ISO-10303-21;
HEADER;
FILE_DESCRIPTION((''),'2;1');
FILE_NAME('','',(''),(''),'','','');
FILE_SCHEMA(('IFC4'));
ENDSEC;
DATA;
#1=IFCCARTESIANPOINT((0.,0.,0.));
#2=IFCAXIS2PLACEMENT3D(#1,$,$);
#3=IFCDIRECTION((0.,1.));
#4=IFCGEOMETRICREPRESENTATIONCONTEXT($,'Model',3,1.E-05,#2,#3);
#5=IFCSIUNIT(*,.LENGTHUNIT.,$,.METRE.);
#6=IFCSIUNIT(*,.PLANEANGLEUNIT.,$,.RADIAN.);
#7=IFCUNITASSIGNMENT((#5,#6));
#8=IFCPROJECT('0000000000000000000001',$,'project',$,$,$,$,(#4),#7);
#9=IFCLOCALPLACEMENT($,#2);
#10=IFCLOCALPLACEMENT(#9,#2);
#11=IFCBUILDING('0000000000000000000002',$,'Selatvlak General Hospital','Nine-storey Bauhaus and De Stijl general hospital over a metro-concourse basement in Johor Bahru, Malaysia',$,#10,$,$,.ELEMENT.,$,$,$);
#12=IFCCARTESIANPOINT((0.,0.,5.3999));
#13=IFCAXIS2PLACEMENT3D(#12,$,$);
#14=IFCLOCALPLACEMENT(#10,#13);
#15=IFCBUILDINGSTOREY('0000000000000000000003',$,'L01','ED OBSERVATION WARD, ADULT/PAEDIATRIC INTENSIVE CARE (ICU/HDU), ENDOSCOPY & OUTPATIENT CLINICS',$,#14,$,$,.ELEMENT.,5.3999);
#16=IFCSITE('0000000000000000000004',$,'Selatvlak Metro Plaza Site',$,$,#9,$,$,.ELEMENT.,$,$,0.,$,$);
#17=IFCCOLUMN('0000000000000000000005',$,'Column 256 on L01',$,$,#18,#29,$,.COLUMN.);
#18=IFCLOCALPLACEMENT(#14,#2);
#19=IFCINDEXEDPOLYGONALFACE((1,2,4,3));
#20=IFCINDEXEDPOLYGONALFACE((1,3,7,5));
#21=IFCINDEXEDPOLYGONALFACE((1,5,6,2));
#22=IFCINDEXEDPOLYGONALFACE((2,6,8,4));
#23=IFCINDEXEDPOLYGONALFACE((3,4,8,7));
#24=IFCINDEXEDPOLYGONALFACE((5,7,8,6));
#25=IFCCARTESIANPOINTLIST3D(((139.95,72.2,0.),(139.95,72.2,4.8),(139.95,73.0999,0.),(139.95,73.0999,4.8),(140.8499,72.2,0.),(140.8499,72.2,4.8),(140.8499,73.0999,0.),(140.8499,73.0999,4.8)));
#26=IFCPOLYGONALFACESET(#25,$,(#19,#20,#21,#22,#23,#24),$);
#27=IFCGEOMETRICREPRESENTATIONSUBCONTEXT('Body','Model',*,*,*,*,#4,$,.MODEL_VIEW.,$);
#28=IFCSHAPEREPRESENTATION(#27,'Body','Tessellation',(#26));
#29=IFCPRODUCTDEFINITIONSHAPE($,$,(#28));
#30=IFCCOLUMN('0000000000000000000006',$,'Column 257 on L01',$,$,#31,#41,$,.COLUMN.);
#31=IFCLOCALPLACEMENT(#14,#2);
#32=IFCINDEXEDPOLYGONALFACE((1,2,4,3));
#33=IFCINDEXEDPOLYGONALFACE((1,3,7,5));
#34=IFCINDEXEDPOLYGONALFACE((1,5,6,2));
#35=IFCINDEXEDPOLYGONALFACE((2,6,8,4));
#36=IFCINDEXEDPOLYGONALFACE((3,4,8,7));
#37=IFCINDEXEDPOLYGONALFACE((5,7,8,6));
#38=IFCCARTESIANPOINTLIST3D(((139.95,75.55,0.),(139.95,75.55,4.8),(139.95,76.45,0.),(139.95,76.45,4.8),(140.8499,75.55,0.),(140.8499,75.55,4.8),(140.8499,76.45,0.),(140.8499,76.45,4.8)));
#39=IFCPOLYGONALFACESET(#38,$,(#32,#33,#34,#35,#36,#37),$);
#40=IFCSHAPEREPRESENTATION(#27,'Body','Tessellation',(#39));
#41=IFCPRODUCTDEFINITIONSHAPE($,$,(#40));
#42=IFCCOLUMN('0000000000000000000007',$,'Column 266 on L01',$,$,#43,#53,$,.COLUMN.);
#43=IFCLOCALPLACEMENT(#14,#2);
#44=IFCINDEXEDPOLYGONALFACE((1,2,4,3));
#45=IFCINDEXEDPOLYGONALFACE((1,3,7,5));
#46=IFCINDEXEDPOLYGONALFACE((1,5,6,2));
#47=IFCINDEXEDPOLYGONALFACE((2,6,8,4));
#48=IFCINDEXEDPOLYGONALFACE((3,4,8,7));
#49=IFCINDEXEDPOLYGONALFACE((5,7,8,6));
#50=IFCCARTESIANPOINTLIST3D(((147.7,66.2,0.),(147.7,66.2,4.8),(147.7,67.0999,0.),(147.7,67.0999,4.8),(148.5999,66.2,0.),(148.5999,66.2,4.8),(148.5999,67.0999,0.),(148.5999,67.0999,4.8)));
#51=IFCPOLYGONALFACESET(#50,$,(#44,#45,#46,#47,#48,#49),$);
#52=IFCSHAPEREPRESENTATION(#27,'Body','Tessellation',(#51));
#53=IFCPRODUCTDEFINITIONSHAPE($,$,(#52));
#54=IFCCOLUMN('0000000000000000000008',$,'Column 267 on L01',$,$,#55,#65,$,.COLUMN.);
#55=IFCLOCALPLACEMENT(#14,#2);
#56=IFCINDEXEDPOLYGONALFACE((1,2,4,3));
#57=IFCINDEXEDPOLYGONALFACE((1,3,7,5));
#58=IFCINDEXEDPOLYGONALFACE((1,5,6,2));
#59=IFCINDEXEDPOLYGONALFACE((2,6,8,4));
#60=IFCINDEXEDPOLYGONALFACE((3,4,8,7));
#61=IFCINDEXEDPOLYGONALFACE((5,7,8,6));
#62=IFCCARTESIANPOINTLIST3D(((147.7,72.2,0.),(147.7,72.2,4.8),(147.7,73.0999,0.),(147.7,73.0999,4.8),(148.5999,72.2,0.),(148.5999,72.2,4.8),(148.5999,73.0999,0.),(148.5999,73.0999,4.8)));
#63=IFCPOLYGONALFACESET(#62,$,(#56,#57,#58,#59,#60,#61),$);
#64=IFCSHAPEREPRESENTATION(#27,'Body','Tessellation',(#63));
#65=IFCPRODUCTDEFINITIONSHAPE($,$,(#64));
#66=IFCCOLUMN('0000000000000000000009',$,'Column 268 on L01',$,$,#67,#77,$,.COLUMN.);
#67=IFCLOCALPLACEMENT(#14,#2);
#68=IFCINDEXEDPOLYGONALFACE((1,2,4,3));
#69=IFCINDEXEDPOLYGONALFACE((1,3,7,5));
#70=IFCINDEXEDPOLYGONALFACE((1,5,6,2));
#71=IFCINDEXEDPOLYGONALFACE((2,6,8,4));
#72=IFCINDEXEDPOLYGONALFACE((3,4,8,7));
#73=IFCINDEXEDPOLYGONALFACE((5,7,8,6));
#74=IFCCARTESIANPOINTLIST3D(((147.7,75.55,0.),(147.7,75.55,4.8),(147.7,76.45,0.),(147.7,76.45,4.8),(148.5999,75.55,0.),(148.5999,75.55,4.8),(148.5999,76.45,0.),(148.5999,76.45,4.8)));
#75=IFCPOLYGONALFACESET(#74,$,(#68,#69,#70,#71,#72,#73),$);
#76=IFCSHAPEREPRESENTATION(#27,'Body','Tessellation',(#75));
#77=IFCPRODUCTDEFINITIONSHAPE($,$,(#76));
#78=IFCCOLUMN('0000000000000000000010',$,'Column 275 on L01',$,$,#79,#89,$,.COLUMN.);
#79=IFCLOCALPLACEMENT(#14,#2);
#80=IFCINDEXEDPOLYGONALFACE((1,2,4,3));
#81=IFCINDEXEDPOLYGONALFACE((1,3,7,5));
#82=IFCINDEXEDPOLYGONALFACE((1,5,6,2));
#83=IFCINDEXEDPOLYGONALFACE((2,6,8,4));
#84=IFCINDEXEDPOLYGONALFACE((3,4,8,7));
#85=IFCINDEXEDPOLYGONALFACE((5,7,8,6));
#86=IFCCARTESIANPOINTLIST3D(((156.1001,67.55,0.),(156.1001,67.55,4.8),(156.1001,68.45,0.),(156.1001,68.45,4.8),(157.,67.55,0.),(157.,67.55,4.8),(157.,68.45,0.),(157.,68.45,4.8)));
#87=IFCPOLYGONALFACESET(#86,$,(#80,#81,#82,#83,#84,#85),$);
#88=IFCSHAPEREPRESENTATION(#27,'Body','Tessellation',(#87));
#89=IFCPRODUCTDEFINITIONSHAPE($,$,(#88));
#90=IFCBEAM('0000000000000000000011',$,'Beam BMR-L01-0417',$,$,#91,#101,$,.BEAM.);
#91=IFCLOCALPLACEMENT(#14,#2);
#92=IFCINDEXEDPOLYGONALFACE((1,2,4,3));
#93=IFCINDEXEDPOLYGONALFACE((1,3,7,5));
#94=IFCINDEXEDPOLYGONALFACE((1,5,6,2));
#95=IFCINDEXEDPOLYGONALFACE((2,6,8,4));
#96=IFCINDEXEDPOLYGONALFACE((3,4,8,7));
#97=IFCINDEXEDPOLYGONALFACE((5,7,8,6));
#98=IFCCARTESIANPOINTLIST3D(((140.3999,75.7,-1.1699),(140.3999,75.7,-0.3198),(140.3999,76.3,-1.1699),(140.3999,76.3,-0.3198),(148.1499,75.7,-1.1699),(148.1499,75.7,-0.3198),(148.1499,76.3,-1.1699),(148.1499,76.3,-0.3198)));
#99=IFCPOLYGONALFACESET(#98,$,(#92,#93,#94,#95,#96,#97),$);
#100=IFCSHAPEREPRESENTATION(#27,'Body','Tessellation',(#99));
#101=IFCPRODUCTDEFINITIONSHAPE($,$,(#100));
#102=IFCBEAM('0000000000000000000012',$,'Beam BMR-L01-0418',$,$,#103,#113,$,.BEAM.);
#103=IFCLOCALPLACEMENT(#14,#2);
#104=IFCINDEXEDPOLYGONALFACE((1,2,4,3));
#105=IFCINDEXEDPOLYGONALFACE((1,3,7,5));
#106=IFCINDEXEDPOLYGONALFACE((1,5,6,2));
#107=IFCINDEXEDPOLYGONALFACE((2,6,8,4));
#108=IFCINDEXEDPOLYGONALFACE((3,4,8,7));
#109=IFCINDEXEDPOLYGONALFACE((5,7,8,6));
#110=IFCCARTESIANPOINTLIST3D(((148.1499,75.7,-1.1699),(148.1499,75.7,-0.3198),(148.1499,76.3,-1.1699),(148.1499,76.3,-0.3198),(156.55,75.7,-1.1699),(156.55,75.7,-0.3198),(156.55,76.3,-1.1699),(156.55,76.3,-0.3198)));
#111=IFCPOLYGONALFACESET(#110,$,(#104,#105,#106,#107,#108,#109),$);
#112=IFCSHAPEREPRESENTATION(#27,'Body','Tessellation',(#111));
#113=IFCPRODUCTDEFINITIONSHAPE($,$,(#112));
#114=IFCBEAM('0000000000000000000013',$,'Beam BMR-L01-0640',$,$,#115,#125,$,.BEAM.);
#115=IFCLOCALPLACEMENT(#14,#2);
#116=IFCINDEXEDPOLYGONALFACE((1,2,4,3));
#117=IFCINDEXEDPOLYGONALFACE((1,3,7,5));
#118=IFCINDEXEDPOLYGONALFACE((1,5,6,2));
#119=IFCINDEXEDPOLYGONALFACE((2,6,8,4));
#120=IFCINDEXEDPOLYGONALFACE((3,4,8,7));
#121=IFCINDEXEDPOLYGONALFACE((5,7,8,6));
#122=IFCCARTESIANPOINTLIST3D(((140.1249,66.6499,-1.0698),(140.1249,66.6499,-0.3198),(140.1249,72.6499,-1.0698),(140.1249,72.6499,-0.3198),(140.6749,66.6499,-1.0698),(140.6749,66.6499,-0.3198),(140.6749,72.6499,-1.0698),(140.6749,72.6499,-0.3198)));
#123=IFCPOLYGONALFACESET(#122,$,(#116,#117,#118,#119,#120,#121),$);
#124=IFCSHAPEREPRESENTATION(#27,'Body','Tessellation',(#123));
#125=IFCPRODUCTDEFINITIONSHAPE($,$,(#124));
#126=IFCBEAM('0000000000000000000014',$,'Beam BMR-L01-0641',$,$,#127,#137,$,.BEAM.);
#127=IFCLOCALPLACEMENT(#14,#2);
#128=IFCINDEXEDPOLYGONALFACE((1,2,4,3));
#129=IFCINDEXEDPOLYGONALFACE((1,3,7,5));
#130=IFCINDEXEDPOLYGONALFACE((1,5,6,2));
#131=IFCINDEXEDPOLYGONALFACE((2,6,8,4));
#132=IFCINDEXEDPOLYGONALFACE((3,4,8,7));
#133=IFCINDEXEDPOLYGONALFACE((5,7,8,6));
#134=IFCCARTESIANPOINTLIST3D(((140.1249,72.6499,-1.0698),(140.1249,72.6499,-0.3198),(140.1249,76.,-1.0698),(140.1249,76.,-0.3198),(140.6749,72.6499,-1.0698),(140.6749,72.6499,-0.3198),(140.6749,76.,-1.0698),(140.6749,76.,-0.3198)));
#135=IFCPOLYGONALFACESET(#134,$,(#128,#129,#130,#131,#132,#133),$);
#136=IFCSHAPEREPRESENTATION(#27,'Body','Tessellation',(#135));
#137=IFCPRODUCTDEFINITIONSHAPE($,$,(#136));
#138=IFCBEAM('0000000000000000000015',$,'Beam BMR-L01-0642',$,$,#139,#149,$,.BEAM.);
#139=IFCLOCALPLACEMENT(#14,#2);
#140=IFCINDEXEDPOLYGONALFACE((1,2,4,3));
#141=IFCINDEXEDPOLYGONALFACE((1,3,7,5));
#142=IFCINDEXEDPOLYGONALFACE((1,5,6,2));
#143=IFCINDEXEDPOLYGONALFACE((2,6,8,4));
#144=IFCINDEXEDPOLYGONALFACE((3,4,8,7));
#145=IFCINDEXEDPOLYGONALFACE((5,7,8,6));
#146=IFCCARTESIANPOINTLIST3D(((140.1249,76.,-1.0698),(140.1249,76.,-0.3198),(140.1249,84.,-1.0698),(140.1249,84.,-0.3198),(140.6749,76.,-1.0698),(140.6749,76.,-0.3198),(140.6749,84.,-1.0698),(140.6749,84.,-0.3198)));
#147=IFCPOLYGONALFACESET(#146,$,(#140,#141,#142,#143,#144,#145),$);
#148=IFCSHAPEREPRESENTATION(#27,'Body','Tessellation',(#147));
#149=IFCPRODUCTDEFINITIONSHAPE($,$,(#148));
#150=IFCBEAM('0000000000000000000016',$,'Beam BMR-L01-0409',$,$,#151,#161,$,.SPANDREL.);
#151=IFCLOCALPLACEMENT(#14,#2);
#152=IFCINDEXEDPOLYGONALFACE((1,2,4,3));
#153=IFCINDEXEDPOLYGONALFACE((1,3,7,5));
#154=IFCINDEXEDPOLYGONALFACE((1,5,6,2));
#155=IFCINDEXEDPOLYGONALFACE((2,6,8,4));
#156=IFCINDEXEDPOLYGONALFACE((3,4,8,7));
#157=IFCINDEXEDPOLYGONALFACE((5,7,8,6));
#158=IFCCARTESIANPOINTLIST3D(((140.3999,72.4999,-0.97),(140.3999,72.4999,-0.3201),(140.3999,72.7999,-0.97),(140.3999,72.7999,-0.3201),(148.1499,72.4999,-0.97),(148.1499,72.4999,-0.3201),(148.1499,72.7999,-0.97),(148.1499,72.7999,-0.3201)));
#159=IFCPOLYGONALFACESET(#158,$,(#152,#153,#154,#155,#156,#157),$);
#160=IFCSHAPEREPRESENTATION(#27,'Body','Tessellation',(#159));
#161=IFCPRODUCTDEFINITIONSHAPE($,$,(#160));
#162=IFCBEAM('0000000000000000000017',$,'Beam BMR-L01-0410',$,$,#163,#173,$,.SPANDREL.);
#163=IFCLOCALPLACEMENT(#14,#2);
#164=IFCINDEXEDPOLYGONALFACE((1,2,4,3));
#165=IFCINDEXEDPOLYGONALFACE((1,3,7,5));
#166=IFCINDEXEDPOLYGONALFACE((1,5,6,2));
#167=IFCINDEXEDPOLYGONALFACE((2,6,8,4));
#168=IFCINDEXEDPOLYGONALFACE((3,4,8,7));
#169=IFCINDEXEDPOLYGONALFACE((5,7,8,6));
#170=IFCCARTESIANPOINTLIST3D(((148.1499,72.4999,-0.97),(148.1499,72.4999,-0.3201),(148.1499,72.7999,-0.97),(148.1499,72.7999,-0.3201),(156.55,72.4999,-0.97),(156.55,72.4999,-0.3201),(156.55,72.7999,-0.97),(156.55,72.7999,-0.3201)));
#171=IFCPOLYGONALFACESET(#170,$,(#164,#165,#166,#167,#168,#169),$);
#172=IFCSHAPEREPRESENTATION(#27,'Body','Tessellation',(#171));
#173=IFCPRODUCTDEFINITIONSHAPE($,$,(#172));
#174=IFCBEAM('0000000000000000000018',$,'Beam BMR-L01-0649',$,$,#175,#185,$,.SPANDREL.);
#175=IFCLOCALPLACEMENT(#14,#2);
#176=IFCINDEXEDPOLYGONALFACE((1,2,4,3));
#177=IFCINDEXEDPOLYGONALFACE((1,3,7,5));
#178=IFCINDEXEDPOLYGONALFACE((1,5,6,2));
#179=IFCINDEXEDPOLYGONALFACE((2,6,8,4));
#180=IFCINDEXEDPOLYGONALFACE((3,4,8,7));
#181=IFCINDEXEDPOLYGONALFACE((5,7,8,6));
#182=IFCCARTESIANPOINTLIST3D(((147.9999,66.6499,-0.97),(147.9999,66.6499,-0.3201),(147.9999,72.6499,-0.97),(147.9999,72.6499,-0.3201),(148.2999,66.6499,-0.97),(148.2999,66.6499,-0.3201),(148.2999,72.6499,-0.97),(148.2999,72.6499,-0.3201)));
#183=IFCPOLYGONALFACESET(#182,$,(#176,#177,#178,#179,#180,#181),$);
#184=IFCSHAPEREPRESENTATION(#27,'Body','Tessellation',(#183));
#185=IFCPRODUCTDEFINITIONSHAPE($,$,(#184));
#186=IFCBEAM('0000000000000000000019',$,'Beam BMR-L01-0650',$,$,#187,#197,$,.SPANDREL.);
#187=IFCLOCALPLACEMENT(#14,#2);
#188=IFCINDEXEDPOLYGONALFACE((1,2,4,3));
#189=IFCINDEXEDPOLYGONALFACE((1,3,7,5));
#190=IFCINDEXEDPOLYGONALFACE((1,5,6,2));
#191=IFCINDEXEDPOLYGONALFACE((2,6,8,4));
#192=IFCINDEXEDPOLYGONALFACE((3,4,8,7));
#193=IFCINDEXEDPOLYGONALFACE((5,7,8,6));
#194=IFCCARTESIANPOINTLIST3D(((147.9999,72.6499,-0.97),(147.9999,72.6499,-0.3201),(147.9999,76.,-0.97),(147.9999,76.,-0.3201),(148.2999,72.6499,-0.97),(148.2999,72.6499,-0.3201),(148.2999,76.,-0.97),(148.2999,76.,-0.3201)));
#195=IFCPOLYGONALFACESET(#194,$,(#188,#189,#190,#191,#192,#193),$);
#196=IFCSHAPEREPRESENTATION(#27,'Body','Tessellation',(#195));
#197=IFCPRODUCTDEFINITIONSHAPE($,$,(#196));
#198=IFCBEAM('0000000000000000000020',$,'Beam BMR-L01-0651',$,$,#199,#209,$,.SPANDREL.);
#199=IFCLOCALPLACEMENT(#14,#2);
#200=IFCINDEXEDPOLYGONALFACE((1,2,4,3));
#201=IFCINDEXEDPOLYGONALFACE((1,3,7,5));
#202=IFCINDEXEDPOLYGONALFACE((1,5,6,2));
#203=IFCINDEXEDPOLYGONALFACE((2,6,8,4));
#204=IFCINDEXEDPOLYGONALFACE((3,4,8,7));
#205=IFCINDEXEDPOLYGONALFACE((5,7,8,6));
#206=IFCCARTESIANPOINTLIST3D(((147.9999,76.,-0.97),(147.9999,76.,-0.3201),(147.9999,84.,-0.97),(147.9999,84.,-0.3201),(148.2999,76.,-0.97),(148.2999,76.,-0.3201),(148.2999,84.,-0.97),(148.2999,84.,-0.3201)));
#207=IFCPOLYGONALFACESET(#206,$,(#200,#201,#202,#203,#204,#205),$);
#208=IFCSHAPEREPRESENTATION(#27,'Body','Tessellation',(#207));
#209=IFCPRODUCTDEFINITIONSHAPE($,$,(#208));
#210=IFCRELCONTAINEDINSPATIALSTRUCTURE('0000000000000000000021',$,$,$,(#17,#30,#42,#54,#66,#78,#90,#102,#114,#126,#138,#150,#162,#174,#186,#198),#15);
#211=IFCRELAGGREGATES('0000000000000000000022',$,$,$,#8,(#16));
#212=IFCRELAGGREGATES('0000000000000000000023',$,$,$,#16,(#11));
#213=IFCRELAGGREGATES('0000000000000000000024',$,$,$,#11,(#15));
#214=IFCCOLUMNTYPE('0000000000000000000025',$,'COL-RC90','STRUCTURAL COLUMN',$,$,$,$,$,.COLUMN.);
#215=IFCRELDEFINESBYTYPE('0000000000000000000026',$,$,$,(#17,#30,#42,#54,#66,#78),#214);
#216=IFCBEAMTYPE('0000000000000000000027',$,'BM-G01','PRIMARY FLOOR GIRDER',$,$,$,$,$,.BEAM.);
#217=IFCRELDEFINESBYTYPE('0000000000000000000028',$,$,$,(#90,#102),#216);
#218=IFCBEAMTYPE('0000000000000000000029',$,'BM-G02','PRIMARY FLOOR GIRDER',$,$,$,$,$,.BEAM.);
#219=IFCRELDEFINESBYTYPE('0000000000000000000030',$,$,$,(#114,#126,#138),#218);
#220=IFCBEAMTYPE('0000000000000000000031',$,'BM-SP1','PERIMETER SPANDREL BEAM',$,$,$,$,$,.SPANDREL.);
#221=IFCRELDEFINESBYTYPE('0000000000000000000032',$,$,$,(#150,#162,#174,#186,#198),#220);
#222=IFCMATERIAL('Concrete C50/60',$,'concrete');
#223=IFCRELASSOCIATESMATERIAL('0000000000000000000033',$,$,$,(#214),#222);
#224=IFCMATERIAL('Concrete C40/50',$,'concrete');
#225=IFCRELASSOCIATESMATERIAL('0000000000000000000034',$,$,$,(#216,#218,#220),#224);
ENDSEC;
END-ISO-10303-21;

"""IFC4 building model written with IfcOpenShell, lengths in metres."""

from ifc_helpers import new_model, si_unit, direction, frame, origin, origin_2d, place, context, subcontext, project, spatial, rectangle, extrude, material, material_profile, profile_set, type_object, element, save


model = new_model("IFC4")

# Units and contexts
model_context = context("Model", 3, precision=1e-05, world=origin(), true_north=direction((0.0, 1.0)))
body_context = subcontext(model_context, "Body", "Model", "MODEL_VIEW")
ifc_project = project(units=[si_unit("LENGTHUNIT", "METRE"), si_unit("PLANEANGLEUNIT", "RADIAN")], contexts=[model_context])

# Site, building, storey
site_placement = place(None, origin())
site = spatial("IfcSite", under=ifc_project, at=site_placement, Name="Selatvlak Metro Plaza Site", CompositionType="ELEMENT", RefElevation=0.0)
building_placement = place(site_placement, origin())
building = spatial("IfcBuilding", under=site, at=building_placement, Name="Selatvlak General Hospital", Description="Nine-storey Bauhaus and De Stijl general hospital over a metro-concourse basement in Johor Bahru, Malaysia", CompositionType="ELEMENT")
storey_placement = place(building_placement, frame((0.0, 0.0, 5.3999)))
storey = spatial("IfcBuildingStorey", under=building, at=storey_placement, Name="L01", Description="ED OBSERVATION WARD, ADULT/PAEDIATRIC INTENSIVE CARE (ICU/HDU), ENDOSCOPY & OUTPATIENT CLINICS", CompositionType="ELEMENT", Elevation=5.3999)

# Columns
ifc_material_1 = material(Name="Concrete C50/60", Category="concrete")
ifc_material_profile_1 = material_profile(ifc_material_1, rectangle(XDim=0.8999, YDim=0.8999, at=origin_2d()), Name="RC-COL 900x900")
ifc_profile_set_1 = profile_set([ifc_material_profile_1], Name="Concrete C50/60")
column_type = type_object("IfcColumnType", Name="COL-RC90", Description="STRUCTURAL COLUMN", PredefinedType="COLUMN", material=ifc_profile_set_1)
for number, where, z_axis, x_axis, name in (
    (1, (140.3999, 72.6499, 0.0), (0.0, 0.0, 1.0), (1.0, 0.0, 0.0), "Column 256 on L01"),
    (2, (140.3999, 76.0, 0.0), (0.0, 0.0, 1.0), (1.0, 0.0, 0.0), "Column 257 on L01"),
    (3, (148.1499, 66.6499, 0.0), (0.0, 0.0, 1.0), (1.0, 0.0, 0.0), "Column 266 on L01"),
    (4, (148.1499, 72.6499, 0.0), (0.0, 0.0, 1.0), (1.0, 0.0, 0.0), "Column 267 on L01"),
    (5, (148.1499, 76.0, 0.0), (0.0, 0.0, 1.0), (1.0, 0.0, 0.0), "Column 268 on L01"),
    (6, (156.55, 68.0, 0.0), (0.0, 0.0, 1.0), (1.0, 0.0, 0.0), "Column 275 on L01"),
):
    element("IfcColumn", number, at=place(storey_placement, frame(where, z_axis=z_axis, x_axis=x_axis)), inside=storey, type_object=column_type, Name=name, PredefinedType="COLUMN", context=body_context, shape_type="SweptSolid", body=[
        extrude(rectangle(XDim=0.8999, YDim=0.8999, at=origin_2d()), origin(), (0.0, 0.0, 1.0), 4.8),
    ])

# Beams
ifc_material_2 = material(Name="Concrete C40/50", Category="concrete")
ifc_material_profile_2 = material_profile(ifc_material_2, rectangle(XDim=0.6001, YDim=0.8501, at=origin_2d()), Name="RC-BM 600x850")
ifc_profile_set_2 = profile_set([ifc_material_profile_2], Name="Concrete C40/50")
beam_type_1 = type_object("IfcBeamType", Name="BM-G01", Description="PRIMARY FLOOR GIRDER", PredefinedType="BEAM", material=ifc_profile_set_2)
beam_1_placement = place(storey_placement, frame((140.3999, 76.0, -0.7449), z_axis=(1.0, 0.0, 0.0), x_axis=(0.0, 1.0, 0.0)))
element("IfcBeam", 7, at=beam_1_placement, inside=storey, type_object=beam_type_1, Name="Beam BMR-L01-0417", PredefinedType="BEAM", context=body_context, shape_type="SweptSolid", body=[
    extrude(rectangle(XDim=0.6001, YDim=0.8501, at=origin_2d()), origin(), (0.0, 0.0, 1.0), 7.75),
])
beam_2_placement = place(storey_placement, frame((148.1499, 76.0, -0.7449), z_axis=(1.0, 0.0, 0.0), x_axis=(0.0, 1.0, 0.0)))
element("IfcBeam", 8, at=beam_2_placement, inside=storey, type_object=beam_type_1, Name="Beam BMR-L01-0418", PredefinedType="BEAM", context=body_context, shape_type="SweptSolid", body=[
    extrude(rectangle(XDim=0.6001, YDim=0.8501, at=origin_2d()), origin(), (0.0, 0.0, 1.0), 8.4001),
])
ifc_material_profile_3 = material_profile(ifc_material_2, rectangle(XDim=0.55, YDim=0.75, at=origin_2d()), Name="RC-BM 550x750")
ifc_profile_set_3 = profile_set([ifc_material_profile_3], Name="Concrete C40/50")
beam_type_2 = type_object("IfcBeamType", Name="BM-G02", Description="PRIMARY FLOOR GIRDER", PredefinedType="BEAM", material=ifc_profile_set_3)
beam_3_placement = place(storey_placement, frame((140.3999, 66.6499, -0.6948), z_axis=(0.0, 1.0, 0.0), x_axis=(-1.0, 0.0, 0.0)))
element("IfcBeam", 9, at=beam_3_placement, inside=storey, type_object=beam_type_2, Name="Beam BMR-L01-0640", PredefinedType="BEAM", context=body_context, shape_type="SweptSolid", body=[
    extrude(rectangle(XDim=0.55, YDim=0.75, at=origin_2d()), origin(), (0.0, 0.0, 1.0), 6.0),
])
beam_4_placement = place(storey_placement, frame((140.3999, 72.6499, -0.6948), z_axis=(0.0, 1.0, 0.0), x_axis=(-1.0, 0.0, 0.0)))
element("IfcBeam", 10, at=beam_4_placement, inside=storey, type_object=beam_type_2, Name="Beam BMR-L01-0641", PredefinedType="BEAM", context=body_context, shape_type="SweptSolid", body=[
    extrude(rectangle(XDim=0.55, YDim=0.75, at=origin_2d()), origin(), (0.0, 0.0, 1.0), 3.3501),
])
beam_5_placement = place(storey_placement, frame((140.3999, 76.0, -0.6948), z_axis=(0.0, 1.0, 0.0), x_axis=(-1.0, 0.0, 0.0)))
element("IfcBeam", 11, at=beam_5_placement, inside=storey, type_object=beam_type_2, Name="Beam BMR-L01-0642", PredefinedType="BEAM", context=body_context, shape_type="SweptSolid", body=[
    extrude(rectangle(XDim=0.55, YDim=0.75, at=origin_2d()), origin(), (0.0, 0.0, 1.0), 8.0),
])
ifc_material_profile_4 = material_profile(ifc_material_2, rectangle(XDim=0.3, YDim=0.6499, at=origin_2d()), Name="RC-SP 300x650")
ifc_profile_set_4 = profile_set([ifc_material_profile_4], Name="Concrete C40/50")
beam_type_3 = type_object("IfcBeamType", Name="BM-SP1", Description="PERIMETER SPANDREL BEAM", PredefinedType="SPANDREL", material=ifc_profile_set_4)
beam_6_placement = place(storey_placement, frame((140.3999, 72.6499, -0.645), z_axis=(1.0, 0.0, 0.0), x_axis=(0.0, 1.0, 0.0)))
element("IfcBeam", 12, at=beam_6_placement, inside=storey, type_object=beam_type_3, Name="Beam BMR-L01-0409", PredefinedType="SPANDREL", context=body_context, shape_type="SweptSolid", body=[
    extrude(rectangle(XDim=0.3, YDim=0.6499, at=origin_2d()), origin(), (0.0, 0.0, 1.0), 7.75),
])
beam_7_placement = place(storey_placement, frame((148.1499, 72.6499, -0.645), z_axis=(1.0, 0.0, 0.0), x_axis=(0.0, 1.0, 0.0)))
element("IfcBeam", 13, at=beam_7_placement, inside=storey, type_object=beam_type_3, Name="Beam BMR-L01-0410", PredefinedType="SPANDREL", context=body_context, shape_type="SweptSolid", body=[
    extrude(rectangle(XDim=0.3, YDim=0.6499, at=origin_2d()), origin(), (0.0, 0.0, 1.0), 8.4001),
])
beam_8_placement = place(storey_placement, frame((148.1499, 66.6499, -0.645), z_axis=(0.0, 1.0, 0.0), x_axis=(-1.0, 0.0, 0.0)))
element("IfcBeam", 14, at=beam_8_placement, inside=storey, type_object=beam_type_3, Name="Beam BMR-L01-0649", PredefinedType="SPANDREL", context=body_context, shape_type="SweptSolid", body=[
    extrude(rectangle(XDim=0.3, YDim=0.6499, at=origin_2d()), origin(), (0.0, 0.0, 1.0), 6.0),
])
beam_9_placement = place(storey_placement, frame((148.1499, 72.6499, -0.645), z_axis=(0.0, 1.0, 0.0), x_axis=(-1.0, 0.0, 0.0)))
element("IfcBeam", 15, at=beam_9_placement, inside=storey, type_object=beam_type_3, Name="Beam BMR-L01-0650", PredefinedType="SPANDREL", context=body_context, shape_type="SweptSolid", body=[
    extrude(rectangle(XDim=0.3, YDim=0.6499, at=origin_2d()), origin(), (0.0, 0.0, 1.0), 3.3501),
])
beam_10_placement = place(storey_placement, frame((148.1499, 76.0, -0.645), z_axis=(0.0, 1.0, 0.0), x_axis=(-1.0, 0.0, 0.0)))
element("IfcBeam", 16, at=beam_10_placement, inside=storey, type_object=beam_type_3, Name="Beam BMR-L01-0651", PredefinedType="SPANDREL", context=body_context, shape_type="SweptSolid", body=[
    extrude(rectangle(XDim=0.3, YDim=0.6499, at=origin_2d()), origin(), (0.0, 0.0, 1.0), 8.0),
])

save(model, "model.ifc")
